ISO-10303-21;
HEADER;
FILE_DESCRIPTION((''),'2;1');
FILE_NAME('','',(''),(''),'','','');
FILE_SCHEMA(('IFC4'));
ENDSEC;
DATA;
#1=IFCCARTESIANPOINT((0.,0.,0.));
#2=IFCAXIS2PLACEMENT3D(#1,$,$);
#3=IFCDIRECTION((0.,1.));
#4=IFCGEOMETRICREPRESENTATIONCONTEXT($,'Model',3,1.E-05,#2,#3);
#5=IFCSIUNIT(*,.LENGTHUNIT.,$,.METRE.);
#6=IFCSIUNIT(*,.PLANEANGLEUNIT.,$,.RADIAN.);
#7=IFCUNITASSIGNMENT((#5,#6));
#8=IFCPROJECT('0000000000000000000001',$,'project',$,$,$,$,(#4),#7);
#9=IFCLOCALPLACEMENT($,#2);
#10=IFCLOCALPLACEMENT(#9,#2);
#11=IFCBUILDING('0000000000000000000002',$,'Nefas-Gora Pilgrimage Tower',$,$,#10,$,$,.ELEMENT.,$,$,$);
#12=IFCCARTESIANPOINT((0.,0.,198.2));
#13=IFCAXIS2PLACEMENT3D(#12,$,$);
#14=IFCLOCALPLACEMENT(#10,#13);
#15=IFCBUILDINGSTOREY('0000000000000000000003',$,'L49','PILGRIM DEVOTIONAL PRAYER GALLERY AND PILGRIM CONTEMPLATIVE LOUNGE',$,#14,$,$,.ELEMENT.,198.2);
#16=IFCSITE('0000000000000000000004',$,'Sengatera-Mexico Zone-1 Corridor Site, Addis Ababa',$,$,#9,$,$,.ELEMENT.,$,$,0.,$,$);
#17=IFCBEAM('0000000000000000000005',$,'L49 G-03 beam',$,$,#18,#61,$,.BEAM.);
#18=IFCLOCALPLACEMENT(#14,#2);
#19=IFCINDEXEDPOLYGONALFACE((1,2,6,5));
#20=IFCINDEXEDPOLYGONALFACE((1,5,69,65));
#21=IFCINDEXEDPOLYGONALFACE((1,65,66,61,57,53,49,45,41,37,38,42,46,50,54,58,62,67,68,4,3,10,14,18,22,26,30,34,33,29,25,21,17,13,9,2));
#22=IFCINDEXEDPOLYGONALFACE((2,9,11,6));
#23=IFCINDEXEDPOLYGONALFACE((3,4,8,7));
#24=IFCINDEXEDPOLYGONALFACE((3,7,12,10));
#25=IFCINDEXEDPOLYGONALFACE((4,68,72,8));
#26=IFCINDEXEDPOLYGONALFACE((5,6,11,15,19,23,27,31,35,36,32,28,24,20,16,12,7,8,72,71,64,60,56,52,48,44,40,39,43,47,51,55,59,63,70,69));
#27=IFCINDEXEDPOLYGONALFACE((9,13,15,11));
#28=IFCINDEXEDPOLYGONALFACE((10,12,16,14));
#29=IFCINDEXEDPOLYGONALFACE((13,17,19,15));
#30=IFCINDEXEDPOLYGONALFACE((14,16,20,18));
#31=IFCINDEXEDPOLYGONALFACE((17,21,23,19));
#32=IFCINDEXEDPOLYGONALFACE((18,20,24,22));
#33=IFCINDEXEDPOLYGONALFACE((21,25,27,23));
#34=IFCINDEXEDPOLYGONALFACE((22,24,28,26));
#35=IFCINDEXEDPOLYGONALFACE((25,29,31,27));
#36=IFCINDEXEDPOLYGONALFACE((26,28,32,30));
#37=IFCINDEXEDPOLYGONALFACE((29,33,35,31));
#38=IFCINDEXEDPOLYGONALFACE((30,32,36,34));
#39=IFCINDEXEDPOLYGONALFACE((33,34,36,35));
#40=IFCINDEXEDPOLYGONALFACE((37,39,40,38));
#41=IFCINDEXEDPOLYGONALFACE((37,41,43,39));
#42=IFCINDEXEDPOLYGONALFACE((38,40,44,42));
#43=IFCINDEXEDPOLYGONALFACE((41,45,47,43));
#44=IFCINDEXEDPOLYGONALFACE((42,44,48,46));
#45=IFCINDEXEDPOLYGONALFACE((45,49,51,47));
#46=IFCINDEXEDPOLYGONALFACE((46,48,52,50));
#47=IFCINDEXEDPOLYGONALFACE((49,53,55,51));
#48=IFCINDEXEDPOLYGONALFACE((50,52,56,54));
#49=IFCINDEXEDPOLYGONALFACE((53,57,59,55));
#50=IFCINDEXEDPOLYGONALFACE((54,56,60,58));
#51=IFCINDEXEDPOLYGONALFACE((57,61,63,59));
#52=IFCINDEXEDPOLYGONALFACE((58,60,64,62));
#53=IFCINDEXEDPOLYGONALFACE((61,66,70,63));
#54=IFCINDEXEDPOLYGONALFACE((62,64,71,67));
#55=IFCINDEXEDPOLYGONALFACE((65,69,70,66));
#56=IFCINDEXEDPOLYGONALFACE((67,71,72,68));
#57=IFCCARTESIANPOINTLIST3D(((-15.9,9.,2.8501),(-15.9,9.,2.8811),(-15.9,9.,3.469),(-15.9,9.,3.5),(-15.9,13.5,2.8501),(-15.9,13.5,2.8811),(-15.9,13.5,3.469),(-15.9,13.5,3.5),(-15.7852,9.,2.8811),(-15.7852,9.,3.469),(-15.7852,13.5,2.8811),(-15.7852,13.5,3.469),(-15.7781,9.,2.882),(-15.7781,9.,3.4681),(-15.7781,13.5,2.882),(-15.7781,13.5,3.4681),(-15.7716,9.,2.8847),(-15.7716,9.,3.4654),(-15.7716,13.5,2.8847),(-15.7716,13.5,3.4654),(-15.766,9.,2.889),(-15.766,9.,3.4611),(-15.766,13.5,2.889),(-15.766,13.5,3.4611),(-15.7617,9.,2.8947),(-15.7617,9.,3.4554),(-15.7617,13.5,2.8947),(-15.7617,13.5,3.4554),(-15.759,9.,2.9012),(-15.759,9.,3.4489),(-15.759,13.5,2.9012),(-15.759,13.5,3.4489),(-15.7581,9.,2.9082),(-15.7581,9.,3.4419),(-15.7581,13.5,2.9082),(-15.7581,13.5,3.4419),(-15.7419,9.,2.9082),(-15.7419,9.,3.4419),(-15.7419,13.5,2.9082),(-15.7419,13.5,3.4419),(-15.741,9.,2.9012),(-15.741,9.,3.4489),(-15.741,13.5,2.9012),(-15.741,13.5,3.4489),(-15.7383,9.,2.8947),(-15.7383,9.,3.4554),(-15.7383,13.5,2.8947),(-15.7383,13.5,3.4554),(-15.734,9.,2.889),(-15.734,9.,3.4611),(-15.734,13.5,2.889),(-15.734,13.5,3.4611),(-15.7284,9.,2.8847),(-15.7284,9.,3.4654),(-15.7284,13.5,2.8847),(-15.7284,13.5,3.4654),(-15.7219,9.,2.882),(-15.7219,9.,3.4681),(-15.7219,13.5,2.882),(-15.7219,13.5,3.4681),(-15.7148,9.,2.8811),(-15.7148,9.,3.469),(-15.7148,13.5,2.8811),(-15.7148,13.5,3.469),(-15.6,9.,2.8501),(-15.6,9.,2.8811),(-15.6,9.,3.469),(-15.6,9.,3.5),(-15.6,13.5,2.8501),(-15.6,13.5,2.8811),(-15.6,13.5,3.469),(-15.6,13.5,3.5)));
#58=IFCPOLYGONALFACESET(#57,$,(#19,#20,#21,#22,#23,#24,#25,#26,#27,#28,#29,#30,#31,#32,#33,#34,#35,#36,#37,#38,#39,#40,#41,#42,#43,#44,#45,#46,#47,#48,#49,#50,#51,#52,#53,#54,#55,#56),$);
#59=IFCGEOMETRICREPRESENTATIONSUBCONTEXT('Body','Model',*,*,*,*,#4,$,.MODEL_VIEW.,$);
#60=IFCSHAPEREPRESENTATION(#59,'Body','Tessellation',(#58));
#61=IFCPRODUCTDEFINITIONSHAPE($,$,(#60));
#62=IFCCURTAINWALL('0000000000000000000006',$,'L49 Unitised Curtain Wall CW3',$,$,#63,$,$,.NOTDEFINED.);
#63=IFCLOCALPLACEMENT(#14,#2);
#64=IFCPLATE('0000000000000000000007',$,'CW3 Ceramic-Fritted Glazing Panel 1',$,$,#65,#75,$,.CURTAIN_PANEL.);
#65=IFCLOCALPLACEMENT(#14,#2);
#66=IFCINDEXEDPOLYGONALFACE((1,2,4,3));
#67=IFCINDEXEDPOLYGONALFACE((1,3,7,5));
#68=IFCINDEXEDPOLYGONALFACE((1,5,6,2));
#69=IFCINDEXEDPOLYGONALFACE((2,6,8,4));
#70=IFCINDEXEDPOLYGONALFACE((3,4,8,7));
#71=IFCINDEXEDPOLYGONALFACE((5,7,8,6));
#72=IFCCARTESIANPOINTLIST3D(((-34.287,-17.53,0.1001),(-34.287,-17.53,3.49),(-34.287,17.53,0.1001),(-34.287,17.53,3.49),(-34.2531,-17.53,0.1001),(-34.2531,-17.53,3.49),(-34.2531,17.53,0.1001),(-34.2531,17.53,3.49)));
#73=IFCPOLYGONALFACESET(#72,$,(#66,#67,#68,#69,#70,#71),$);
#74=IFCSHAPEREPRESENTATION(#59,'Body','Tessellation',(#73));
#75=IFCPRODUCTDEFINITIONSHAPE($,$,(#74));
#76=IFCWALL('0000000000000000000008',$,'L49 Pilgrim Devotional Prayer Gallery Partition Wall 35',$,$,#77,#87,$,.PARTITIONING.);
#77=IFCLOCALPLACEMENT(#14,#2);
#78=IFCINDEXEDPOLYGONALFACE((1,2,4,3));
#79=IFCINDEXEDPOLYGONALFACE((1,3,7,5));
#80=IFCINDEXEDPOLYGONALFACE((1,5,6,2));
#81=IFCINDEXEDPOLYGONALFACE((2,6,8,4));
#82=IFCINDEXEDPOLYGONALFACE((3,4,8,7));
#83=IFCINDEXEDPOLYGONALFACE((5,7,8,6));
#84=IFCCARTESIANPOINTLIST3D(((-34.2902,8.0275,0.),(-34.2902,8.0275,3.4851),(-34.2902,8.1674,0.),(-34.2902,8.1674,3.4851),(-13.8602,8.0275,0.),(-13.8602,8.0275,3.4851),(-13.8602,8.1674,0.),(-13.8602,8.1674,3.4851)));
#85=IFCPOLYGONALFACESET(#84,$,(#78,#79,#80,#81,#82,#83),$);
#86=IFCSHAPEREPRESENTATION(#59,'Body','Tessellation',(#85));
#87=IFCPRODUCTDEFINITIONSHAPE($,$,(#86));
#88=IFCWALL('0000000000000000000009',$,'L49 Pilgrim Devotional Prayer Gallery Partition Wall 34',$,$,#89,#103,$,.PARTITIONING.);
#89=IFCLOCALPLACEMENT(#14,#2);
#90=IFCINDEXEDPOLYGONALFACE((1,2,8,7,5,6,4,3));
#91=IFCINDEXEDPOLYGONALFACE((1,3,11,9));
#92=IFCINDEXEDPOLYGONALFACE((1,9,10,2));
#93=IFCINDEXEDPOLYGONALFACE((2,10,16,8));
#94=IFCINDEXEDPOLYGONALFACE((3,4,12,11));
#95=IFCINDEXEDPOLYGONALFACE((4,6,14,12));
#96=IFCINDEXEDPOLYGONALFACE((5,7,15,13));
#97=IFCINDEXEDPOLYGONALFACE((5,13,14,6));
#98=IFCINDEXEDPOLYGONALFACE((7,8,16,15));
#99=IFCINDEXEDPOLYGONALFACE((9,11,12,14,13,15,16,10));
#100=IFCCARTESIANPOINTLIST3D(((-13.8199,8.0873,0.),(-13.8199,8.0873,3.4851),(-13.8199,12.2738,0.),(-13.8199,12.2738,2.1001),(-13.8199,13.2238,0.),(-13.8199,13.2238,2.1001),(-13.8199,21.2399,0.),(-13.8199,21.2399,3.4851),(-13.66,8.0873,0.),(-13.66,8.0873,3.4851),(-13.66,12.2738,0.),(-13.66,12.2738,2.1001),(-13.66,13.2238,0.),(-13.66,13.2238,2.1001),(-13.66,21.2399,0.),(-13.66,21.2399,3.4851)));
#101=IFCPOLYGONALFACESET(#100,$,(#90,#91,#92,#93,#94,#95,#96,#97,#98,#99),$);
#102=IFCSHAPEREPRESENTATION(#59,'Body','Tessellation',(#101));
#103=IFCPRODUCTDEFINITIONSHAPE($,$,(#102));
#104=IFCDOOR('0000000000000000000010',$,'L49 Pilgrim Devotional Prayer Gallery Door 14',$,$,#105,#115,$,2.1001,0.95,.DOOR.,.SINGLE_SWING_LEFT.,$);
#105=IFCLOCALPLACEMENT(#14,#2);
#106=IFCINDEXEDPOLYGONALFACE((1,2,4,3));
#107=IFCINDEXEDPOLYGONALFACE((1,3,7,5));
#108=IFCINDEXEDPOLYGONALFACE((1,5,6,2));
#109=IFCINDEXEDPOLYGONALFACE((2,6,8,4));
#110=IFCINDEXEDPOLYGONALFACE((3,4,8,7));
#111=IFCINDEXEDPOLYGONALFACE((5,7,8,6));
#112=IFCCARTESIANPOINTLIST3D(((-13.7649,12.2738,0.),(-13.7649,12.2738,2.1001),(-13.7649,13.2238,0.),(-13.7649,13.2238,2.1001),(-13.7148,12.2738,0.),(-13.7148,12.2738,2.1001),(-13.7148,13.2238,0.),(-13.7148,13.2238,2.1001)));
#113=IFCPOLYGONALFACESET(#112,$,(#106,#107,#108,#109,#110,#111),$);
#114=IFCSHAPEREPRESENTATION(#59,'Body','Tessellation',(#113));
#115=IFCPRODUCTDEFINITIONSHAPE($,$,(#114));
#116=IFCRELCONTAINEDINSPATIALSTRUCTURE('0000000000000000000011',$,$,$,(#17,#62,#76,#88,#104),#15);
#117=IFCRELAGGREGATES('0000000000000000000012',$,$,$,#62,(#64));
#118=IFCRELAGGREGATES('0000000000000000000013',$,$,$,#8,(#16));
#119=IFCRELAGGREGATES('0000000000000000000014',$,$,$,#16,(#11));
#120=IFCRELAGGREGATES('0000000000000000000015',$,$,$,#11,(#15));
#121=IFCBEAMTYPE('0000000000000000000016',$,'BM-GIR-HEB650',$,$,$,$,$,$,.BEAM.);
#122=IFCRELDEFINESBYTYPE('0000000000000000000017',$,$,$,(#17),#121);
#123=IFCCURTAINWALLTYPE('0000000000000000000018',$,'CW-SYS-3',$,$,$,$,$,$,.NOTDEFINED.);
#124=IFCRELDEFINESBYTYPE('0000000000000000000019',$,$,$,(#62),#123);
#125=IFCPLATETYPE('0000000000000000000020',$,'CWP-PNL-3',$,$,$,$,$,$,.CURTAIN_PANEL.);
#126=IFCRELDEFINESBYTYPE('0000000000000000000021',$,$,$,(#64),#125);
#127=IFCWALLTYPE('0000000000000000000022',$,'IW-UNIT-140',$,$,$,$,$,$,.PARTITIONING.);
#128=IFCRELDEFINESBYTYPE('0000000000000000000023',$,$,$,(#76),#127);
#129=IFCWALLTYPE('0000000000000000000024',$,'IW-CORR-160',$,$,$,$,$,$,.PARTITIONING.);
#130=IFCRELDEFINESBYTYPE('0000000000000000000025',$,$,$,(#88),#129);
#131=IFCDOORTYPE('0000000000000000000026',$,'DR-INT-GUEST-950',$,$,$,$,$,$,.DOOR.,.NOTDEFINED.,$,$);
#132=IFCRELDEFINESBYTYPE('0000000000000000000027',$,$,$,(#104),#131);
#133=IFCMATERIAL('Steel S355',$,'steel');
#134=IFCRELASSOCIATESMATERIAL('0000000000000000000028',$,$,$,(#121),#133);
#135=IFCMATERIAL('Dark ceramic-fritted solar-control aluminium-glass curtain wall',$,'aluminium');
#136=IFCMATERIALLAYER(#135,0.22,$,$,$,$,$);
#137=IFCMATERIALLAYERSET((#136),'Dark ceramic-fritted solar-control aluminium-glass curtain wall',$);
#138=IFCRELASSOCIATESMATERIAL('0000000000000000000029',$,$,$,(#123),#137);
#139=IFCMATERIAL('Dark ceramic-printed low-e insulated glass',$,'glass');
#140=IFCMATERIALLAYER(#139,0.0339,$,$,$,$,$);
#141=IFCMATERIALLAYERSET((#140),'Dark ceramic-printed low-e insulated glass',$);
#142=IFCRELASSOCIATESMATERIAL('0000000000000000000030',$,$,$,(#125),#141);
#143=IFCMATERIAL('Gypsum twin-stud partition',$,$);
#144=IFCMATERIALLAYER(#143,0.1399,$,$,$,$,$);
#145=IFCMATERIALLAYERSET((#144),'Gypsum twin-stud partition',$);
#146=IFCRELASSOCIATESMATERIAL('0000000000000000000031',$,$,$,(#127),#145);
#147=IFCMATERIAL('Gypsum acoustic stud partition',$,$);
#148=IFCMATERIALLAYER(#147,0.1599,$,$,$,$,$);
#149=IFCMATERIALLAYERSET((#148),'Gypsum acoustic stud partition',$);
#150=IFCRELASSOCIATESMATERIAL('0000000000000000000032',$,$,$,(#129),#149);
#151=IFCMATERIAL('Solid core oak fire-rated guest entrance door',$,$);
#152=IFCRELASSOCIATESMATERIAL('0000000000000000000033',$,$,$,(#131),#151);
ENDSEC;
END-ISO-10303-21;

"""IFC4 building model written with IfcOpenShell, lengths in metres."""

from ifc_helpers import new_model, si_unit, direction, frame, frame_2d, origin, origin_2d, place, context, subcontext, project, spatial, rectangle, i_section, extrude, source, transform, mapped, material, layer, layer_set, material_profile, profile_set, type_object, element, fill, aggregate, save


model = new_model("IFC4")

# Units and contexts
model_context = context("Model", 3, precision=1e-05, world=origin(), true_north=direction((0.0, 1.0)))
body_context = subcontext(model_context, "Body", "Model", "MODEL_VIEW")
ifc_project = project(units=[si_unit("LENGTHUNIT", "METRE"), si_unit("PLANEANGLEUNIT", "RADIAN")], contexts=[model_context])

# Site, building, storey
site_placement = place(None, origin())
site = spatial("IfcSite", under=ifc_project, at=site_placement, Name="Sengatera-Mexico Zone-1 Corridor Site, Addis Ababa", CompositionType="ELEMENT", RefElevation=0.0)
building_placement = place(site_placement, origin())
building = spatial("IfcBuilding", under=site, at=building_placement, Name="Nefas-Gora Pilgrimage Tower", CompositionType="ELEMENT")
storey_placement = place(building_placement, frame((0.0, 0.0, 198.2)))
storey = spatial("IfcBuildingStorey", under=building, at=storey_placement, Name="L49", Description="PILGRIM DEVOTIONAL PRAYER GALLERY AND PILGRIM CONTEMPLATIVE LOUNGE", CompositionType="ELEMENT", Elevation=198.2)

# Beam
ifc_material_1 = material(Name="Steel S355", Category="steel")
ifc_material_profile_1 = material_profile(ifc_material_1, i_section(OverallWidth=0.3, OverallDepth=0.6499, WebThickness=0.0161, FlangeThickness=0.031, FilletRadius=0.0271, at=origin_2d()), Name="HEB 650")
ifc_profile_set_1 = profile_set([ifc_material_profile_1], Name="Steel S355")
beam_type_1 = type_object("IfcBeamType", Name="BM-GIR-HEB650", PredefinedType="BEAM", material=ifc_profile_set_1)
shared_shape_1 = source(origin(), body_context, "Body", "SweptSolid", [
    extrude(i_section(OverallWidth=0.3, OverallDepth=0.6499, WebThickness=0.0161, FlangeThickness=0.031, FilletRadius=0.0271, at=origin_2d()), origin(), (0.0, 0.0, 1.0), 4.5),
])
for number, where, z_axis, x_axis, name in (
    (1, (-15.75, 9.0, 3.175), (0.0, 1.0, 0.0), (-1.0, 0.0, 0.0), "L49 G-03 beam"),
):
    element("IfcBeam", number, at=place(storey_placement, frame(where, z_axis=z_axis, x_axis=x_axis)), inside=storey, type_object=beam_type_1, Name=name, PredefinedType="BEAM", context=body_context, shape_type="MappedRepresentation", body=[
        mapped(shared_shape_1, transform((0.0, 0.0, 0.0), x_axis=(1.0, 0.0, 0.0), y_axis=(0.0, 1.0, 0.0), z_axis=(0.0, 0.0, 1.0), scale=1.0)),
    ])

# Curtain wall, plate
ifc_material_2 = material(Name="Dark ceramic-fritted solar-control aluminium-glass curtain wall", Category="aluminium")
ifc_layer_1 = layer(ifc_material_2, 0.22)
ifc_layer_set_1 = layer_set([ifc_layer_1], Name="Dark ceramic-fritted solar-control aluminium-glass curtain wall")
curtain_wall_type = type_object("IfcCurtainWallType", Name="CW-SYS-3", PredefinedType="NOTDEFINED", material=ifc_layer_set_1)
curtain_wall_placement = place(storey_placement, origin())
curtain_wall = element("IfcCurtainWall", 2, at=curtain_wall_placement, inside=storey, type_object=curtain_wall_type, Name="L49 Unitised Curtain Wall CW3", PredefinedType="NOTDEFINED")
ifc_material_3 = material(Name="Dark ceramic-printed low-e insulated glass", Category="glass")
ifc_layer_2 = layer(ifc_material_3, 0.0339)
ifc_layer_set_2 = layer_set([ifc_layer_2], Name="Dark ceramic-printed low-e insulated glass")
plate_type = type_object("IfcPlateType", Name="CWP-PNL-3", PredefinedType="CURTAIN_PANEL", material=ifc_layer_set_2)
shared_shape_2 = source(origin(), body_context, "Body", "SweptSolid", [
    extrude(rectangle(XDim=35.0601, YDim=0.0339, at=origin_2d()), origin(), (0.0, 0.0, 1.0), 3.3899),
])
plate_placement = place(storey_placement, frame((-34.27, 0.0, 0.1001), z_axis=(0.0, 0.0, 1.0), x_axis=(0.0, -1.0, 0.0)))
plate = element("IfcPlate", 3, at=plate_placement, type_object=plate_type, Name="CW3 Ceramic-Fritted Glazing Panel 1", PredefinedType="CURTAIN_PANEL", context=body_context, shape_type="MappedRepresentation", body=[
    mapped(shared_shape_2, transform((0.0, 0.0, 0.0), x_axis=(1.0, 0.0, 0.0), y_axis=(0.0, 1.0, 0.0), z_axis=(0.0, 0.0, 1.0), scale=1.0)),
])
aggregate(curtain_wall, [plate])

# Wall
ifc_material_4 = material(Name="Gypsum twin-stud partition")
ifc_layer_3 = layer(ifc_material_4, 0.1399)
ifc_layer_set_3 = layer_set([ifc_layer_3], Name="Gypsum twin-stud partition")
wall_type_1 = type_object("IfcWallType", Name="IW-UNIT-140", PredefinedType="PARTITIONING", material=ifc_layer_set_3)
shared_shape_3 = source(origin(), body_context, "Body", "SweptSolid", [
    extrude(rectangle(XDim=20.4299, YDim=0.1399, at=frame_2d((10.2148, 0.0))), origin(), (0.0, 0.0, 1.0), 3.4851),
])
wall_1_placement = place(storey_placement, frame((-34.29, 8.0974, 0.0), z_axis=(0.0, 0.0, 1.0), x_axis=(1.0, 0.0, 0.0)))
element("IfcWall", 4, at=wall_1_placement, inside=storey, type_object=wall_type_1, Name="L49 Pilgrim Devotional Prayer Gallery Partition Wall 35", PredefinedType="PARTITIONING", context=body_context, shape_type="MappedRepresentation", body=[
    mapped(shared_shape_3, transform((0.0, 0.0, 0.0), x_axis=(1.0, 0.0, 0.0), y_axis=(0.0, 1.0, 0.0), z_axis=(0.0, 0.0, 1.0), scale=1.0)),
])

# Wall, opening, door
ifc_material_5 = material(Name="Gypsum acoustic stud partition")
ifc_layer_4 = layer(ifc_material_5, 0.1599)
ifc_layer_set_4 = layer_set([ifc_layer_4], Name="Gypsum acoustic stud partition")
wall_type_2 = type_object("IfcWallType", Name="IW-CORR-160", PredefinedType="PARTITIONING", material=ifc_layer_set_4)
shared_shape_4 = source(origin(), body_context, "Body", "SweptSolid", [
    extrude(rectangle(XDim=13.1526, YDim=0.1599, at=frame_2d((6.5762, 0.0))), origin(), (0.0, 0.0, 1.0), 3.4851),
])
wall_2_placement = place(storey_placement, frame((-13.74, 8.0874, 0.0), z_axis=(0.0, 0.0, 1.0), x_axis=(0.0, 1.0, 0.0)))
wall_2 = element("IfcWall", 5, at=wall_2_placement, inside=storey, type_object=wall_type_2, Name="L49 Pilgrim Devotional Prayer Gallery Partition Wall 34", PredefinedType="PARTITIONING", context=body_context, shape_type="MappedRepresentation", body=[
    mapped(shared_shape_4, transform((0.0, 0.0, 0.0), x_axis=(1.0, 0.0, 0.0), y_axis=(0.0, 1.0, 0.0), z_axis=(0.0, 0.0, 1.0), scale=1.0)),
])
opening_placement = place(wall_2_placement, frame((4.1863, 0.0, 0.0)))
opening = element("IfcOpeningElement", 6, at=opening_placement, cuts=wall_2, PredefinedType="OPENING", context=body_context, shape_type="SweptSolid", body=[
    extrude(rectangle(XDim=0.95, YDim=2.1001, at=frame_2d((0.4751, 1.05))), frame((0.0, 0.0898, 0.0), z_axis=(0.0, -1.0, 0.0), x_axis=(1.0, 0.0, 0.0)), (0.0, 0.0, 1.0), 0.1799),
])
ifc_material_6 = material(Name="Solid core oak fire-rated guest entrance door")
door_type = type_object("IfcDoorType", Name="DR-INT-GUEST-950", OperationType="NOTDEFINED", PredefinedType="DOOR", material=ifc_material_6)
shared_shape_5 = source(origin(), body_context, "Body", "SweptSolid", [
    extrude(rectangle(XDim=0.95, YDim=2.1001, at=frame_2d((0.4751, 1.05))), frame((0.0, 0.0249, 0.0), z_axis=(0.0, -1.0, 0.0), x_axis=(1.0, 0.0, 0.0)), (0.0, 0.0, 1.0), 0.05),
])
door_placement = place(opening_placement, origin())
door = element("IfcDoor", 7, at=door_placement, inside=storey, type_object=door_type, Name="L49 Pilgrim Devotional Prayer Gallery Door 14", OperationType="SINGLE_SWING_LEFT", OverallHeight=2.1001, OverallWidth=0.95, PredefinedType="DOOR", context=body_context, shape_type="MappedRepresentation", body=[
    mapped(shared_shape_5, transform((0.0, 0.0, 0.0), x_axis=(1.0, 0.0, 0.0), y_axis=(0.0, 1.0, 0.0), z_axis=(0.0, 0.0, 1.0), scale=1.0)),
])
fill(opening, door)

save(model, "model.ifc")
